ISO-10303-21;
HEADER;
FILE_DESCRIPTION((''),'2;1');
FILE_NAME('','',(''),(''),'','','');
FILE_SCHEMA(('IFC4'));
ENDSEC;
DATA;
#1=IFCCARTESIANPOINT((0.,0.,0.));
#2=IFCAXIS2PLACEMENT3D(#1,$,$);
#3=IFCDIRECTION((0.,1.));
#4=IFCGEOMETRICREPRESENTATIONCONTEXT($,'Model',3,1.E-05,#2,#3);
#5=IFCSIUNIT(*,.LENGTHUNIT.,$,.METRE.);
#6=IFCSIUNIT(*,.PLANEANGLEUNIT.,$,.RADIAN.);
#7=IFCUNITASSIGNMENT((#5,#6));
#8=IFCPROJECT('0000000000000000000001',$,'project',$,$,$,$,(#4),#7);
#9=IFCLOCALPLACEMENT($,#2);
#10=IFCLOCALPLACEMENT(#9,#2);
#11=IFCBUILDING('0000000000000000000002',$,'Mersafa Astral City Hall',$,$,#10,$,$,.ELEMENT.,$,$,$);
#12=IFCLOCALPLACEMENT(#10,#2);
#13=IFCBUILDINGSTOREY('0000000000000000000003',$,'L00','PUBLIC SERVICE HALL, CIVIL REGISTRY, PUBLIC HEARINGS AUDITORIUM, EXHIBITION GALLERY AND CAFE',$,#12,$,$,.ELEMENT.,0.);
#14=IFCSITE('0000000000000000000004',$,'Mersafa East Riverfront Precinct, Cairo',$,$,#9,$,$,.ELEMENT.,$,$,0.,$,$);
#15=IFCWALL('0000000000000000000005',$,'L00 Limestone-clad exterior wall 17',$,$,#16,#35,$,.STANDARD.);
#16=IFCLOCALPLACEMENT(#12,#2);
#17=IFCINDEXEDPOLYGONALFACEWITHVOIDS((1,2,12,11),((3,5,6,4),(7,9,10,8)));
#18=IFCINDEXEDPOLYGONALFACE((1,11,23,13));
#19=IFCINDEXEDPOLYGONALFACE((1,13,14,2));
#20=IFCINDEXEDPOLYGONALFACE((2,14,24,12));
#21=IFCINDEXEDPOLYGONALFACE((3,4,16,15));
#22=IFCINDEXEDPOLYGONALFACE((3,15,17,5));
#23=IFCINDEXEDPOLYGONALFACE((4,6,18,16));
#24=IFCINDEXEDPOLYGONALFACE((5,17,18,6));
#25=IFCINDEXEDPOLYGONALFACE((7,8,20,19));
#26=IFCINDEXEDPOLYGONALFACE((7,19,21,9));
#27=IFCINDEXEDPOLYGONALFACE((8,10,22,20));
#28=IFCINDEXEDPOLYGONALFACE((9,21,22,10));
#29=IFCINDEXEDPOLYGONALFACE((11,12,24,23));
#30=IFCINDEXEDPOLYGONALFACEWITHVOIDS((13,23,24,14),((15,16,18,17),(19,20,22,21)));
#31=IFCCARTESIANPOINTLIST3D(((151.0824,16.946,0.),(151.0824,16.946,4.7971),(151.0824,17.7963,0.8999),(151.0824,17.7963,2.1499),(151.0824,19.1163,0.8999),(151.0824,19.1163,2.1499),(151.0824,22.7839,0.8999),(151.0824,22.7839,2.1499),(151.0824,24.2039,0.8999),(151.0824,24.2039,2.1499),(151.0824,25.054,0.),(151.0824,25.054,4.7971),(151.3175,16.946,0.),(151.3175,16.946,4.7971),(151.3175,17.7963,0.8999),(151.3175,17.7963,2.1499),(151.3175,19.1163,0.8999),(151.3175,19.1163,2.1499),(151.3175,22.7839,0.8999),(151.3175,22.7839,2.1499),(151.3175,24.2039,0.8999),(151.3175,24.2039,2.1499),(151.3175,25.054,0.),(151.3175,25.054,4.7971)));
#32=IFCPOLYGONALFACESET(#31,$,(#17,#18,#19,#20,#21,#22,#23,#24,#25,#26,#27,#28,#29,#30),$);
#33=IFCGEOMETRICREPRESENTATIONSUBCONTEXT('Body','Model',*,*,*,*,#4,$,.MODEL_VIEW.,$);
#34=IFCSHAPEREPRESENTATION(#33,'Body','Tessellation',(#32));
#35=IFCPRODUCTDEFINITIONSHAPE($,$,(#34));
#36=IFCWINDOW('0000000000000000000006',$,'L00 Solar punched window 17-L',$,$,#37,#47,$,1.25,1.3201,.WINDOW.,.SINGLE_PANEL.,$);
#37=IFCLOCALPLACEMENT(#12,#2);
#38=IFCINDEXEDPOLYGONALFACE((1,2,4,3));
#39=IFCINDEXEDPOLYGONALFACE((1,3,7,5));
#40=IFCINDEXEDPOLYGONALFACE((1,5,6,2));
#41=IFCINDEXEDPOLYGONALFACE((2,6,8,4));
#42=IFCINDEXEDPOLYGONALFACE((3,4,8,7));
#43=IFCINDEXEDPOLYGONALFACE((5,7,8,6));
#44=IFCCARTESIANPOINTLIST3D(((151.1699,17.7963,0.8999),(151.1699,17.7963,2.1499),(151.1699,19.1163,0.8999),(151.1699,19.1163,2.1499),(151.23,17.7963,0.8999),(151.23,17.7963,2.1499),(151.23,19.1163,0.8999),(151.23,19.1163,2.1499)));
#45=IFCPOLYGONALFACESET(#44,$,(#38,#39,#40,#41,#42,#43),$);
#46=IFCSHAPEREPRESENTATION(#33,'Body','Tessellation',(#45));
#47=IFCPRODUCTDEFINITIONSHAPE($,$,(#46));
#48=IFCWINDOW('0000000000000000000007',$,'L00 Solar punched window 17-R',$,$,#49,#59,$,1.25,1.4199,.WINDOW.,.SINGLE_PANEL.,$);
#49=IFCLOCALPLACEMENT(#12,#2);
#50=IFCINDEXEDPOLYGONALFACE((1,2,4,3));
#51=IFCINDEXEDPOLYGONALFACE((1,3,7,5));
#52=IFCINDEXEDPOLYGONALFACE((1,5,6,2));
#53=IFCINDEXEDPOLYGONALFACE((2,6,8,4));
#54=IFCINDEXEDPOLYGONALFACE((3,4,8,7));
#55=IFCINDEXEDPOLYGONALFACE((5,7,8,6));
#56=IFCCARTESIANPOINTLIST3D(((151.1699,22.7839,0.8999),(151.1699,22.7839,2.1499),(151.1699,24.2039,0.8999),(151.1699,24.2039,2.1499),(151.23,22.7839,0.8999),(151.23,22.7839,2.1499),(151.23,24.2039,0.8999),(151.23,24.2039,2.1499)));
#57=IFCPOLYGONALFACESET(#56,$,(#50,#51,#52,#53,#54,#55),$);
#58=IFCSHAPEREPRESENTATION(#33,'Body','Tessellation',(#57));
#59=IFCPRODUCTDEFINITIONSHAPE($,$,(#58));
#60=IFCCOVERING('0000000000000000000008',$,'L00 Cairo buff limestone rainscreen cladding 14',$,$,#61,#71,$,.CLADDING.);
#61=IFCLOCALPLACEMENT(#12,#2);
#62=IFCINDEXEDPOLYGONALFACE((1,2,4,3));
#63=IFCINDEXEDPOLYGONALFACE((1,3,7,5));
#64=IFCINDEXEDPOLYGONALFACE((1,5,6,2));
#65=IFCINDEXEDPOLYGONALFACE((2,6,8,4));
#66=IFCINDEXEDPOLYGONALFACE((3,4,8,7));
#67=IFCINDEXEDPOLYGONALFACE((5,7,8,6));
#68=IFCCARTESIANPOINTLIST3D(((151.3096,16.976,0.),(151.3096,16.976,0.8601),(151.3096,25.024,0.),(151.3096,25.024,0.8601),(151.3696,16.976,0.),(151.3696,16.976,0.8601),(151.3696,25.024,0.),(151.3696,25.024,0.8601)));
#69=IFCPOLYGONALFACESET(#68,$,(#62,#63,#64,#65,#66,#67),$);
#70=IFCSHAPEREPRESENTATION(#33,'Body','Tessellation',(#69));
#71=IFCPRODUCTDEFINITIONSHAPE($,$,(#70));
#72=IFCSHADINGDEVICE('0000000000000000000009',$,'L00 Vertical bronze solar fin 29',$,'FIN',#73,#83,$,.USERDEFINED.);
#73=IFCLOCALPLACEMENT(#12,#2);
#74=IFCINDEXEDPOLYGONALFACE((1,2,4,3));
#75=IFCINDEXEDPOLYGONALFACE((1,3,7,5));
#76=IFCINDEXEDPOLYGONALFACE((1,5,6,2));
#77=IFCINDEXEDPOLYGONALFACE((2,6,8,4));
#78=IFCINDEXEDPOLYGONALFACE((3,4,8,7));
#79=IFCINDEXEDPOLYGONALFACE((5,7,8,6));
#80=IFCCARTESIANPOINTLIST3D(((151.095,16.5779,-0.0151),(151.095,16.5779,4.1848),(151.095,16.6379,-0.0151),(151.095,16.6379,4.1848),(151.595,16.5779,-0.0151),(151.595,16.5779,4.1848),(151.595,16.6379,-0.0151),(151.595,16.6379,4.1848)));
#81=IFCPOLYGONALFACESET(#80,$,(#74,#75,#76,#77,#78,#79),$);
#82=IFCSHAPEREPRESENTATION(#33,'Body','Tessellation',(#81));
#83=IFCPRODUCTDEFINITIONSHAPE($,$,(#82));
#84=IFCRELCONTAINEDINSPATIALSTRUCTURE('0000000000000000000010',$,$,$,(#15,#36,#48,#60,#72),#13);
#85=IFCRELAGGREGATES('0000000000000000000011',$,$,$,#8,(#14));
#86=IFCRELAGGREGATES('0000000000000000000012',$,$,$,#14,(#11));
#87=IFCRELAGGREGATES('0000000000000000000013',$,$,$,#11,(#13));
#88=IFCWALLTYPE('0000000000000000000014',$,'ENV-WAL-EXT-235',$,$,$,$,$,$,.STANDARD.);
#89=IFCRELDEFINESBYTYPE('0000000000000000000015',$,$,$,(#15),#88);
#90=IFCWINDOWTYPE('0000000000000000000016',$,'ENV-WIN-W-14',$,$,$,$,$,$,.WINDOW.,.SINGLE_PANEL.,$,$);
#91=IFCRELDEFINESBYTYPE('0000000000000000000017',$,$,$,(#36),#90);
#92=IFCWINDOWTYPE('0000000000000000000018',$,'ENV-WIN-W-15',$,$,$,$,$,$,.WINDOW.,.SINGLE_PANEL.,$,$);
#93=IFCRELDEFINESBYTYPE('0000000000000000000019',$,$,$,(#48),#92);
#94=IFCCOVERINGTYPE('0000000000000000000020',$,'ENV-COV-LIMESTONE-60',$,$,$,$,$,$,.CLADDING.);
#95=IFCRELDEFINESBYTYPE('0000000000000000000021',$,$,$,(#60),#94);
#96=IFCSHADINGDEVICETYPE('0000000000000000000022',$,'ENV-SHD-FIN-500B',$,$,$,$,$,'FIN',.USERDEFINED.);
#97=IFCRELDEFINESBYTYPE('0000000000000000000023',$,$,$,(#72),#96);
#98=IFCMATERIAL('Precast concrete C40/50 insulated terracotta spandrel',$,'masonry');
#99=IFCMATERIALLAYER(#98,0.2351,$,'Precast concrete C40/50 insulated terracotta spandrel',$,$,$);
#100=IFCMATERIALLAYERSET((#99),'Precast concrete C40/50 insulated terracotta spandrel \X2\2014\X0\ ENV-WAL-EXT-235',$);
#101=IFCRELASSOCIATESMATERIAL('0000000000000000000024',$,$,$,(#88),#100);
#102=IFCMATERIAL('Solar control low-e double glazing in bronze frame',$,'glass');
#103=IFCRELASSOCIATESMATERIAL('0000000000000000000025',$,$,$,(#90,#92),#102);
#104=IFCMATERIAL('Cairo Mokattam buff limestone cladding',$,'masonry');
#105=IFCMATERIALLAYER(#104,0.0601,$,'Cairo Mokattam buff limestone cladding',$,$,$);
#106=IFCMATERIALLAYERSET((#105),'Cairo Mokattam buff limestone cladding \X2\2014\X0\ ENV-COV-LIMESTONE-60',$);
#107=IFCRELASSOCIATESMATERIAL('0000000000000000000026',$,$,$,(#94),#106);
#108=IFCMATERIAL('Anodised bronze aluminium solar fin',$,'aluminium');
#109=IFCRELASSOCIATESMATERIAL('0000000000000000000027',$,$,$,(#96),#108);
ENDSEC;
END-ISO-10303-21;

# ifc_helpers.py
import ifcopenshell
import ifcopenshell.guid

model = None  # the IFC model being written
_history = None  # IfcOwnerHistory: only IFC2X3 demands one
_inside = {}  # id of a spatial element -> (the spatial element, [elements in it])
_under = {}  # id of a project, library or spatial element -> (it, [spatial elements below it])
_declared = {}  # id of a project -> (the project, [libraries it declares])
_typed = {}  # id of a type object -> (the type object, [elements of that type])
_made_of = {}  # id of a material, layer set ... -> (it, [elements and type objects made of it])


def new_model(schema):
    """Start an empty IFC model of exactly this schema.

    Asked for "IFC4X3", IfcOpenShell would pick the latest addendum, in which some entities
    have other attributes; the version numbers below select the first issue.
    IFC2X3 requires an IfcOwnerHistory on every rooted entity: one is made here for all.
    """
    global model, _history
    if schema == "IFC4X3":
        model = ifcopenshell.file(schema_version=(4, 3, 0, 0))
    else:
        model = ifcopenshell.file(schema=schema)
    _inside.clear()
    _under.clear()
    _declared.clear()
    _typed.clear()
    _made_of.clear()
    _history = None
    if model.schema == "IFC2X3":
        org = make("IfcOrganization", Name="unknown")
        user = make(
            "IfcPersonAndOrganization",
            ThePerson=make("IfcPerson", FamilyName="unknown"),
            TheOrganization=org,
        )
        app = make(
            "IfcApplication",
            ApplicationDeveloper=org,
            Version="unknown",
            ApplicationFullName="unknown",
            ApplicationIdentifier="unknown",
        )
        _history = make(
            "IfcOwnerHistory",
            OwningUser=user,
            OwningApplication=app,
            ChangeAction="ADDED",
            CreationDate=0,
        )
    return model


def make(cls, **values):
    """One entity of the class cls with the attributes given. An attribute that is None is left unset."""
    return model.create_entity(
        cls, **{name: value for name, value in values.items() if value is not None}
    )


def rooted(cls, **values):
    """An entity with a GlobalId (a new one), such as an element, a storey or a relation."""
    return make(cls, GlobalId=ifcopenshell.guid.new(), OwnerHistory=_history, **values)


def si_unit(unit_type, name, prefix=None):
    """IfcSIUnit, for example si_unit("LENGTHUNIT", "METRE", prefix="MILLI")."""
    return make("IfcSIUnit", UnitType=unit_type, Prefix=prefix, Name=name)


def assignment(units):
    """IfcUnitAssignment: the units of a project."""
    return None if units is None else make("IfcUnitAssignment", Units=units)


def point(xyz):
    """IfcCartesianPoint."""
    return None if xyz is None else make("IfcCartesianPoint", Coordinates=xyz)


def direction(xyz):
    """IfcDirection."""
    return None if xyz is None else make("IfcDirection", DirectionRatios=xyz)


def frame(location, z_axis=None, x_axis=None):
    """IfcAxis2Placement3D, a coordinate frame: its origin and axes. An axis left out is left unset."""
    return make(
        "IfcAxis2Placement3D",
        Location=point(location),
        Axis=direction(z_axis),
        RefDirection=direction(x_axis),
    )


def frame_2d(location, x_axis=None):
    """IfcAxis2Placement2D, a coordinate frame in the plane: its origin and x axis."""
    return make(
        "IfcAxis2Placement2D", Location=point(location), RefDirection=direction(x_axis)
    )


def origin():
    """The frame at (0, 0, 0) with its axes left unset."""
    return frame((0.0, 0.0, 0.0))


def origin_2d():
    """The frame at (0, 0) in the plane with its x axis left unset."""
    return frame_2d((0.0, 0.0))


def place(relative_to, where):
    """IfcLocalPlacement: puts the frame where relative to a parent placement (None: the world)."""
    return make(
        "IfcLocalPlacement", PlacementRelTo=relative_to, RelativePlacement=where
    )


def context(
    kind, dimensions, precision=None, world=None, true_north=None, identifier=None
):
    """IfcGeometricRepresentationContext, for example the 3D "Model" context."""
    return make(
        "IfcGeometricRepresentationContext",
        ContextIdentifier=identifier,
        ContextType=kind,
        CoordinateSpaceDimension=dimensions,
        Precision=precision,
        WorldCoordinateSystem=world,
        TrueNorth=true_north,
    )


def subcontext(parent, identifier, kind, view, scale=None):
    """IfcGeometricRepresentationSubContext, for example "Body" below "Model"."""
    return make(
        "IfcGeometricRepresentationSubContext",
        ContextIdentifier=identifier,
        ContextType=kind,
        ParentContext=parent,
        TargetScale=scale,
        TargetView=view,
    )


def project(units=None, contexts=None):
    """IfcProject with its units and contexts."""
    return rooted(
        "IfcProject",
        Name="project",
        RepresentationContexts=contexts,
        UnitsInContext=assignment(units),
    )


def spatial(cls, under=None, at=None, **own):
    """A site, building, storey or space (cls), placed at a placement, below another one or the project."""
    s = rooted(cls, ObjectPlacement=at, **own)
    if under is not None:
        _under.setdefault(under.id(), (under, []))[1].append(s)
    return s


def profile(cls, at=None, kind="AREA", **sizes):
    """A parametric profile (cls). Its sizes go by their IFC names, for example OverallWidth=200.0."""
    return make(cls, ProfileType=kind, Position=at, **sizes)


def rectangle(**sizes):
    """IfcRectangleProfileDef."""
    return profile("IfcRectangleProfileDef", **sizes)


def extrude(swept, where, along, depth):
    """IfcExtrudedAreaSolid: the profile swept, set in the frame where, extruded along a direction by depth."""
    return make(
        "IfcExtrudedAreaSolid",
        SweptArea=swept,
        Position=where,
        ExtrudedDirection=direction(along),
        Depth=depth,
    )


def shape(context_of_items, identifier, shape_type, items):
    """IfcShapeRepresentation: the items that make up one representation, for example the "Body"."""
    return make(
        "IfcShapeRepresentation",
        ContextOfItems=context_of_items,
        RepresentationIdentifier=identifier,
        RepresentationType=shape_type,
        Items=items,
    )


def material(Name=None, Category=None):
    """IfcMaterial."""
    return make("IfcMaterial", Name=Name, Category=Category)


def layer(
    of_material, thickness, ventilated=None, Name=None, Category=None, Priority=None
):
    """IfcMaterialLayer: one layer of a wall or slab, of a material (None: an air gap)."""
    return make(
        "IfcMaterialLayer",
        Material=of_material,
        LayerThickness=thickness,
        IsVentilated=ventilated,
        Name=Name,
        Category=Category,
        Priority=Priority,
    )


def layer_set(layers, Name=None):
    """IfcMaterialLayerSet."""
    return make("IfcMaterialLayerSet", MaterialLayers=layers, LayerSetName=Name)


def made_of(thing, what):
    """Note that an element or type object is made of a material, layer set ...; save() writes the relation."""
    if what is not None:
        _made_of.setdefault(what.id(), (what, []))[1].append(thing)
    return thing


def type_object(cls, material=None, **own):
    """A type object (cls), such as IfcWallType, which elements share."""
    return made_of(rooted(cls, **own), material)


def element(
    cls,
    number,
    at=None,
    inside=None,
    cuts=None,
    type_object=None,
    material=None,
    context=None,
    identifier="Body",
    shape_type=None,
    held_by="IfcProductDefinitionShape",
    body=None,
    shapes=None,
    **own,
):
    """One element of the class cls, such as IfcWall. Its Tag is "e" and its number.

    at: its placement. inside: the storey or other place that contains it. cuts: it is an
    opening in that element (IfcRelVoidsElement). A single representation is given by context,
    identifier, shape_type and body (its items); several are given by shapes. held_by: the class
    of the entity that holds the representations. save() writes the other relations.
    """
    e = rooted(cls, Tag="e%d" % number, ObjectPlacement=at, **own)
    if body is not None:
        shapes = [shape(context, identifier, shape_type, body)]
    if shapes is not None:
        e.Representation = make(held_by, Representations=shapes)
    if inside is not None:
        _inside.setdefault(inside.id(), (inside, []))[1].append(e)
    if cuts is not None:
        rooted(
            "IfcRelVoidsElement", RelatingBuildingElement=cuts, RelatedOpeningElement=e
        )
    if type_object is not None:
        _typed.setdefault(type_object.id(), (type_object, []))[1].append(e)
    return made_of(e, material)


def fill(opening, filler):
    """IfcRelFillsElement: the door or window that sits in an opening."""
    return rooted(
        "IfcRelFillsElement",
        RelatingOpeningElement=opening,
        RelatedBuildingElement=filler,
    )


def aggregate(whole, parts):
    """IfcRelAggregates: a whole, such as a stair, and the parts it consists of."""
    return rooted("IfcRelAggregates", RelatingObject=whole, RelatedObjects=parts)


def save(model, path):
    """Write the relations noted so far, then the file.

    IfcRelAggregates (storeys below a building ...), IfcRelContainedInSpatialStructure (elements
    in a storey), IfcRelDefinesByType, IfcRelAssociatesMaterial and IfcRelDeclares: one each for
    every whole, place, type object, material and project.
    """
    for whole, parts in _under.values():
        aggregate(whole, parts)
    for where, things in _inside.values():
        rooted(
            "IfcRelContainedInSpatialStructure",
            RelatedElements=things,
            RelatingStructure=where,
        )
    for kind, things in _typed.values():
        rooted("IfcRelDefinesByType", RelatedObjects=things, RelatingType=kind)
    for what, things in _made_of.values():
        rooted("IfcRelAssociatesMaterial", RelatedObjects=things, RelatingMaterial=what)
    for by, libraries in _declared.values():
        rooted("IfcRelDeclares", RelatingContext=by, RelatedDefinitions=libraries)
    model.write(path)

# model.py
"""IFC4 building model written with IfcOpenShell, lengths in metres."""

from ifc_helpers import new_model, si_unit, direction, frame, frame_2d, origin, origin_2d, place, context, subcontext, project, spatial, rectangle, extrude, material, layer, layer_set, type_object, element, fill, save


model = new_model("IFC4")

# Units and contexts
model_context = context("Model", 3, precision=1e-05, world=origin(), true_north=direction((0.0, 1.0)))
body_context = subcontext(model_context, "Body", "Model", "MODEL_VIEW")
ifc_project = project(units=[si_unit("LENGTHUNIT", "METRE"), si_unit("PLANEANGLEUNIT", "RADIAN")], contexts=[model_context])

# Site, building, storey
site_placement = place(None, origin())
site = spatial("IfcSite", under=ifc_project, at=site_placement, Name="Mersafa East Riverfront Precinct, Cairo", CompositionType="ELEMENT", RefElevation=0.0)
building_placement = place(site_placement, origin())
building = spatial("IfcBuilding", under=site, at=building_placement, Name="Mersafa Astral City Hall", CompositionType="ELEMENT")
storey_placement = place(building_placement, origin())
storey = spatial("IfcBuildingStorey", under=building, at=storey_placement, Name="L00", Description="PUBLIC SERVICE HALL, CIVIL REGISTRY, PUBLIC HEARINGS AUDITORIUM, EXHIBITION GALLERY AND CAFE", CompositionType="ELEMENT", Elevation=0.0)

# Wall, openings, windows
ifc_material_1 = material(Name="Precast concrete C40/50 insulated terracotta spandrel", Category="masonry")
ifc_layer_1 = layer(ifc_material_1, 0.2351, Name="Precast concrete C40/50 insulated terracotta spandrel")
ifc_layer_set_1 = layer_set([ifc_layer_1], Name="Precast concrete C40/50 insulated terracotta spandrel — ENV-WAL-EXT-235")
wall_type = type_object("IfcWallType", Name="ENV-WAL-EXT-235", PredefinedType="STANDARD", material=ifc_layer_set_1)
wall_placement = place(storey_placement, frame((151.2, 16.946, 0.0), z_axis=(0.0, 0.0, 1.0), x_axis=(0.0, 1.0, 0.0)))
wall = element("IfcWall", 1, at=wall_placement, inside=storey, type_object=wall_type, Name="L00 Limestone-clad exterior wall 17", PredefinedType="STANDARD", context=body_context, shape_type="SweptSolid", body=[
    extrude(rectangle(XDim=8.1079, YDim=0.2351, at=frame_2d((4.054, 0.0))), origin(), (0.0, 0.0, 1.0), 4.7971),
])
opening_1_placement = place(wall_placement, frame((0.8501, 0.0, 0.8999)))
opening_1 = element("IfcOpeningElement", 2, at=opening_1_placement, cuts=wall, PredefinedType="OPENING", context=body_context, shape_type="SweptSolid", body=[
    extrude(rectangle(XDim=1.3201, YDim=1.25, at=frame_2d((0.6602, 0.625))), frame((0.0, 0.1274, 0.0), z_axis=(0.0, -1.0, 0.0), x_axis=(1.0, 0.0, 0.0)), (0.0, 0.0, 1.0), 0.2551),
])
opening_2_placement = place(wall_placement, frame((5.8379, 0.0, 0.8999)))
opening_2 = element("IfcOpeningElement", 3, at=opening_2_placement, cuts=wall, PredefinedType="OPENING", context=body_context, shape_type="SweptSolid", body=[
    extrude(rectangle(XDim=1.4199, YDim=1.25, at=frame_2d((0.71, 0.625))), frame((0.0, 0.1274, 0.0), z_axis=(0.0, -1.0, 0.0), x_axis=(1.0, 0.0, 0.0)), (0.0, 0.0, 1.0), 0.2551),
])
ifc_material_2 = material(Name="Solar control low-e double glazing in bronze frame", Category="glass")
window_type_1 = type_object("IfcWindowType", Name="ENV-WIN-W-14", PartitioningType="SINGLE_PANEL", PredefinedType="WINDOW", material=ifc_material_2)
window_1_placement = place(opening_1_placement, origin())
window_1 = element("IfcWindow", 4, at=window_1_placement, inside=storey, type_object=window_type_1, Name="L00 Solar punched window 17-L", OverallHeight=1.25, OverallWidth=1.3201, PartitioningType="SINGLE_PANEL", PredefinedType="WINDOW", context=body_context, shape_type="SweptSolid", body=[
    extrude(rectangle(XDim=1.3201, YDim=1.25, at=frame_2d((0.6602, 0.625))), frame((0.0, 0.03, 0.0), z_axis=(0.0, -1.0, 0.0), x_axis=(1.0, 0.0, 0.0)), (0.0, 0.0, 1.0), 0.0601),
])
fill(opening_1, window_1)
window_type_2 = type_object("IfcWindowType", Name="ENV-WIN-W-15", PartitioningType="SINGLE_PANEL", PredefinedType="WINDOW", material=ifc_material_2)
window_2_placement = place(opening_2_placement, origin())
window_2 = element("IfcWindow", 5, at=window_2_placement, inside=storey, type_object=window_type_2, Name="L00 Solar punched window 17-R", OverallHeight=1.25, OverallWidth=1.4199, PartitioningType="SINGLE_PANEL", PredefinedType="WINDOW", context=body_context, shape_type="SweptSolid", body=[
    extrude(rectangle(XDim=1.4199, YDim=1.25, at=frame_2d((0.71, 0.625))), frame((0.0, 0.03, 0.0), z_axis=(0.0, -1.0, 0.0), x_axis=(1.0, 0.0, 0.0)), (0.0, 0.0, 1.0), 0.0601),
])
fill(opening_2, window_2)

# Covering
ifc_material_3 = material(Name="Cairo Mokattam buff limestone cladding", Category="masonry")
ifc_layer_2 = layer(ifc_material_3, 0.0601, Name="Cairo Mokattam buff limestone cladding")
ifc_layer_set_2 = layer_set([ifc_layer_2], Name="Cairo Mokattam buff limestone cladding — ENV-COV-LIMESTONE-60")
covering_type = type_object("IfcCoveringType", Name="ENV-COV-LIMESTONE-60", PredefinedType="CLADDING", material=ifc_layer_set_2)
covering_placement = place(storey_placement, frame((151.3396, 21.0, 0.0), z_axis=(0.0, 0.0, 1.0), x_axis=(0.0, 1.0, 0.0)))
element("IfcCovering", 6, at=covering_placement, inside=storey, type_object=covering_type, Name="L00 Cairo buff limestone rainscreen cladding 14", PredefinedType="CLADDING", context=body_context, shape_type="SweptSolid", body=[
    extrude(rectangle(XDim=8.0481, YDim=0.0601, at=origin_2d()), origin(), (0.0, 0.0, 1.0), 0.8601),
])

# Shading device
ifc_material_4 = material(Name="Anodised bronze aluminium solar fin", Category="aluminium")
shading_device_type = type_object("IfcShadingDeviceType", Name="ENV-SHD-FIN-500B", ElementType="FIN", PredefinedType="USERDEFINED", material=ifc_material_4)
shading_device_placement = place(storey_placement, frame((151.345, 16.6079, -0.0151), z_axis=(0.0, 0.0, 1.0), x_axis=(0.0, 1.0, 0.0)))
element("IfcShadingDevice", 7, at=shading_device_placement, inside=storey, type_object=shading_device_type, Name="L00 Vertical bronze solar fin 29", ObjectType="FIN", PredefinedType="USERDEFINED", context=body_context, shape_type="SweptSolid", body=[
    extrude(rectangle(XDim=0.0601, YDim=0.5, at=origin_2d()), origin(), (0.0, 0.0, 1.0), 4.2),
])

save(model, "model.ifc")
